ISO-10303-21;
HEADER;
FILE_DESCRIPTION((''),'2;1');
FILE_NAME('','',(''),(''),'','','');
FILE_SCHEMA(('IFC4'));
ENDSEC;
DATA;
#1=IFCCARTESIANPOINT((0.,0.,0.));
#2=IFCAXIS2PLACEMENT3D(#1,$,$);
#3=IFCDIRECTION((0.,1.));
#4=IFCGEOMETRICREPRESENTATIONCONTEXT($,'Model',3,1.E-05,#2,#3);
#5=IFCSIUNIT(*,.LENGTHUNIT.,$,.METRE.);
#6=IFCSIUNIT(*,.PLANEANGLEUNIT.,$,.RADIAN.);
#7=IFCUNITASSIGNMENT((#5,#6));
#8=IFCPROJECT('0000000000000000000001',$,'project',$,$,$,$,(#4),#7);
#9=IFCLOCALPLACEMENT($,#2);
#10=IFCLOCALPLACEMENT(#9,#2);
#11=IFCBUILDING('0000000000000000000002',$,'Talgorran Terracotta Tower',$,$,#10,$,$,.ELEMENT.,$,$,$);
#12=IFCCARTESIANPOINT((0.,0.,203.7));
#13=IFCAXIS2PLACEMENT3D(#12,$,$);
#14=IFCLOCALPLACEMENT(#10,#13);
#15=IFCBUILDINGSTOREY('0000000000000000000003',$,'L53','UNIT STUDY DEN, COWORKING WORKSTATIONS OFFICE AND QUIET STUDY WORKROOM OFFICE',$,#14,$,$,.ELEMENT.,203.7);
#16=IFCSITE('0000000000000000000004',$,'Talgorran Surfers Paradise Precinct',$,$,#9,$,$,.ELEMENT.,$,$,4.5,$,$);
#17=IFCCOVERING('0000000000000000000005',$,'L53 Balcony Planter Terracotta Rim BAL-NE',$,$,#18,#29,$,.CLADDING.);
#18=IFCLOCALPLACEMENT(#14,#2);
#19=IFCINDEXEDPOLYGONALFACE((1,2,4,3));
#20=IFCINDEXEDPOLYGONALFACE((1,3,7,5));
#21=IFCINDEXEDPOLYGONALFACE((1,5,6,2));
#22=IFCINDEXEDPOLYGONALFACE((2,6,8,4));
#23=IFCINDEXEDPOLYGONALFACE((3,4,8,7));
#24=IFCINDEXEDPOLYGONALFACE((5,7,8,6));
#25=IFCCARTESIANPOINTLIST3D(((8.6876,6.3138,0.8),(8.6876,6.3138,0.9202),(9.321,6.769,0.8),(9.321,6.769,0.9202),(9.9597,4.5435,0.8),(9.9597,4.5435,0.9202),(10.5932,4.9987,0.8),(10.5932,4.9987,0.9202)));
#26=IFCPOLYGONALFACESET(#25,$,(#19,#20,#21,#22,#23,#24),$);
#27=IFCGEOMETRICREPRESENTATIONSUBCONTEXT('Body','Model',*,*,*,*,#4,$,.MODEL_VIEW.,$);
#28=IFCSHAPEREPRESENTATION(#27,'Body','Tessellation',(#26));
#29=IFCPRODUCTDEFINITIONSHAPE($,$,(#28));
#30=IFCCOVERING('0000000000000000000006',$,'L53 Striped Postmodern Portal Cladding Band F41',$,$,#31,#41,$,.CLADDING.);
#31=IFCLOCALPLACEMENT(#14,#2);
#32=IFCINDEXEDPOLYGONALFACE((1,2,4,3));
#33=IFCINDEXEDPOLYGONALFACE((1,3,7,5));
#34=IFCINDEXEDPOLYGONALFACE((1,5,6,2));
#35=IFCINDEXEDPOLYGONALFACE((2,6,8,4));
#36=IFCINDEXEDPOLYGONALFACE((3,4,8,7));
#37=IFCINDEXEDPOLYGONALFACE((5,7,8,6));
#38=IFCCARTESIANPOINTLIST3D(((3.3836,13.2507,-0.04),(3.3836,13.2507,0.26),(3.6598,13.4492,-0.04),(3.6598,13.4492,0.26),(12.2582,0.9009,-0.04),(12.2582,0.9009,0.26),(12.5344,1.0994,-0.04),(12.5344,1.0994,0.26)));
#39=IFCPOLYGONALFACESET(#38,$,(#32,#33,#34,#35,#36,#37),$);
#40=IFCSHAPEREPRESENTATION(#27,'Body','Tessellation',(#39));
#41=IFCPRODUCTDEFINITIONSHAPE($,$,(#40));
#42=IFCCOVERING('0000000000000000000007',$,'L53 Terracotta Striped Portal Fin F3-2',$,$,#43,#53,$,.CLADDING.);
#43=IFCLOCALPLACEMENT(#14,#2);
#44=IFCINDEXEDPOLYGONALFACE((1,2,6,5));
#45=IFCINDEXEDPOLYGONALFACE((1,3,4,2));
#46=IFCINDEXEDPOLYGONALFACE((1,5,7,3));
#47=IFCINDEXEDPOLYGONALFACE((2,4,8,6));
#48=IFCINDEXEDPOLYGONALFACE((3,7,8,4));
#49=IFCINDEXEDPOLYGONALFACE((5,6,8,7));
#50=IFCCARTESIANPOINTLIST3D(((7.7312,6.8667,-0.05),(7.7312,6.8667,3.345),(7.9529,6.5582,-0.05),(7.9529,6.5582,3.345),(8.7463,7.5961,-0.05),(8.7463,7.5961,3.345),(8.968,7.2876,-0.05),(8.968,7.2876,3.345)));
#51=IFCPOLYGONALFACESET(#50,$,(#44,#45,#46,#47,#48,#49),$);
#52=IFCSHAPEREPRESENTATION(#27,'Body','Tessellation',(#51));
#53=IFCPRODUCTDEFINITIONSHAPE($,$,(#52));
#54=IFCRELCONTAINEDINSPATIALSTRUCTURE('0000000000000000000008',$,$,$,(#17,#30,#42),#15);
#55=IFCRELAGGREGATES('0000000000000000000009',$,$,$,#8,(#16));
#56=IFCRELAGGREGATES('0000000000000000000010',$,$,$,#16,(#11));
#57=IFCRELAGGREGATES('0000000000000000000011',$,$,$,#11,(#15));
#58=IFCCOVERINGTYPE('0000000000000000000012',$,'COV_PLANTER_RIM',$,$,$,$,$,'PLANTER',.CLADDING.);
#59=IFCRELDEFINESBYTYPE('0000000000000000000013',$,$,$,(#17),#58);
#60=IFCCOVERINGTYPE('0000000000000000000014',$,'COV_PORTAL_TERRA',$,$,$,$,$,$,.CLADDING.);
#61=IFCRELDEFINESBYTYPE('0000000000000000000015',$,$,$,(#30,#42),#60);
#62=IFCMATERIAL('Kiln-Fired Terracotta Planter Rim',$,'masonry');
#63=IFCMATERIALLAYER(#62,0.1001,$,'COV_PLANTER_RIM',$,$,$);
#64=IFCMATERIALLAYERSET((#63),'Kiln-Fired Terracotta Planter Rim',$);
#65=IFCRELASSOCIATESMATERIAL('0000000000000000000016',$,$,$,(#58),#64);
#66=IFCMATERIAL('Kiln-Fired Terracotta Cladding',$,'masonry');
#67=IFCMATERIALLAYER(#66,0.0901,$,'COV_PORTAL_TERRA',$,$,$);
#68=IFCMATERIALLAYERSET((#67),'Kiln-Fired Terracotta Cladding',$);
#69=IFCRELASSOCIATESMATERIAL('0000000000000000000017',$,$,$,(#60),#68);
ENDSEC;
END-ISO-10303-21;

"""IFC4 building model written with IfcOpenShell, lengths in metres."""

from ifc_helpers import new_model, si_unit, direction, frame, origin, origin_2d, place, context, subcontext, project, spatial, rectangle, extrude, material, layer, layer_set, type_object, element, save


model = new_model("IFC4")

# Units and contexts
model_context = context("Model", 3, precision=1e-05, world=origin(), true_north=direction((0.0, 1.0)))
body_context = subcontext(model_context, "Body", "Model", "MODEL_VIEW")
ifc_project = project(units=[si_unit("LENGTHUNIT", "METRE"), si_unit("PLANEANGLEUNIT", "RADIAN")], contexts=[model_context])

# Site, building, storey
site_placement = place(None, origin())
site = spatial("IfcSite", under=ifc_project, at=site_placement, Name="Talgorran Surfers Paradise Precinct", CompositionType="ELEMENT", RefElevation=4.5)
building_placement = place(site_placement, origin())
building = spatial("IfcBuilding", under=site, at=building_placement, Name="Talgorran Terracotta Tower", CompositionType="ELEMENT")
storey_placement = place(building_placement, frame((0.0, 0.0, 203.7)))
storey = spatial("IfcBuildingStorey", under=building, at=storey_placement, Name="L53", Description="UNIT STUDY DEN, COWORKING WORKSTATIONS OFFICE AND QUIET STUDY WORKROOM OFFICE", CompositionType="ELEMENT", Elevation=203.7)

# Coverings
ifc_material_1 = material(Name="Kiln-Fired Terracotta Planter Rim", Category="masonry")
ifc_layer_1 = layer(ifc_material_1, 0.1001, Name="COV_PLANTER_RIM")
ifc_layer_set_1 = layer_set([ifc_layer_1], Name="Kiln-Fired Terracotta Planter Rim")
covering_type_1 = type_object("IfcCoveringType", Name="COV_PLANTER_RIM", ElementType="PLANTER", PredefinedType="CLADDING", material=ifc_layer_set_1)
covering_1_placement = place(storey_placement, frame((9.6404, 5.6562, 0.8), z_axis=(0.0, 0.0, 1.0), x_axis=(-0.583555, 0.812073, 0.0)))
element("IfcCovering", 1, at=covering_1_placement, inside=storey, type_object=covering_type_1, Name="L53 Balcony Planter Terracotta Rim BAL-NE", PredefinedType="CLADDING", context=body_context, shape_type="SweptSolid", body=[
    extrude(rectangle(XDim=2.1799, YDim=0.78, at=origin_2d()), origin(), (0.0, 0.0, 1.0), 0.1201),
])
ifc_material_2 = material(Name="Kiln-Fired Terracotta Cladding", Category="masonry")
ifc_layer_2 = layer(ifc_material_2, 0.0901, Name="COV_PORTAL_TERRA")
ifc_layer_set_2 = layer_set([ifc_layer_2], Name="Kiln-Fired Terracotta Cladding")
covering_type_2 = type_object("IfcCoveringType", Name="COV_PORTAL_TERRA", PredefinedType="CLADDING", material=ifc_layer_set_2)
covering_2_placement = place(storey_placement, frame((7.959, 7.175, -0.04), z_axis=(0.0, 0.0, 1.0), x_axis=(-0.583555, 0.812073, 0.0)))
element("IfcCovering", 2, at=covering_2_placement, inside=storey, type_object=covering_type_2, Name="L53 Striped Postmodern Portal Cladding Band F41", PredefinedType="CLADDING", context=body_context, shape_type="SweptSolid", body=[
    extrude(rectangle(XDim=15.2078, YDim=0.3401, at=origin_2d()), origin(), (0.0, 0.0, 1.0), 0.3),
])
covering_3_placement = place(storey_placement, frame((8.3496, 7.0771, -0.05), z_axis=(0.0, 0.0, 1.0), x_axis=(-0.583555, 0.812073, 0.0)))
element("IfcCovering", 3, at=covering_3_placement, inside=storey, type_object=covering_type_2, Name="L53 Terracotta Striped Portal Fin F3-2", PredefinedType="CLADDING", context=body_context, shape_type="SweptSolid", body=[
    extrude(rectangle(XDim=0.3799, YDim=1.25, at=origin_2d()), origin(), (0.0, 0.0, 1.0), 3.395),
])

save(model, "model.ifc")
